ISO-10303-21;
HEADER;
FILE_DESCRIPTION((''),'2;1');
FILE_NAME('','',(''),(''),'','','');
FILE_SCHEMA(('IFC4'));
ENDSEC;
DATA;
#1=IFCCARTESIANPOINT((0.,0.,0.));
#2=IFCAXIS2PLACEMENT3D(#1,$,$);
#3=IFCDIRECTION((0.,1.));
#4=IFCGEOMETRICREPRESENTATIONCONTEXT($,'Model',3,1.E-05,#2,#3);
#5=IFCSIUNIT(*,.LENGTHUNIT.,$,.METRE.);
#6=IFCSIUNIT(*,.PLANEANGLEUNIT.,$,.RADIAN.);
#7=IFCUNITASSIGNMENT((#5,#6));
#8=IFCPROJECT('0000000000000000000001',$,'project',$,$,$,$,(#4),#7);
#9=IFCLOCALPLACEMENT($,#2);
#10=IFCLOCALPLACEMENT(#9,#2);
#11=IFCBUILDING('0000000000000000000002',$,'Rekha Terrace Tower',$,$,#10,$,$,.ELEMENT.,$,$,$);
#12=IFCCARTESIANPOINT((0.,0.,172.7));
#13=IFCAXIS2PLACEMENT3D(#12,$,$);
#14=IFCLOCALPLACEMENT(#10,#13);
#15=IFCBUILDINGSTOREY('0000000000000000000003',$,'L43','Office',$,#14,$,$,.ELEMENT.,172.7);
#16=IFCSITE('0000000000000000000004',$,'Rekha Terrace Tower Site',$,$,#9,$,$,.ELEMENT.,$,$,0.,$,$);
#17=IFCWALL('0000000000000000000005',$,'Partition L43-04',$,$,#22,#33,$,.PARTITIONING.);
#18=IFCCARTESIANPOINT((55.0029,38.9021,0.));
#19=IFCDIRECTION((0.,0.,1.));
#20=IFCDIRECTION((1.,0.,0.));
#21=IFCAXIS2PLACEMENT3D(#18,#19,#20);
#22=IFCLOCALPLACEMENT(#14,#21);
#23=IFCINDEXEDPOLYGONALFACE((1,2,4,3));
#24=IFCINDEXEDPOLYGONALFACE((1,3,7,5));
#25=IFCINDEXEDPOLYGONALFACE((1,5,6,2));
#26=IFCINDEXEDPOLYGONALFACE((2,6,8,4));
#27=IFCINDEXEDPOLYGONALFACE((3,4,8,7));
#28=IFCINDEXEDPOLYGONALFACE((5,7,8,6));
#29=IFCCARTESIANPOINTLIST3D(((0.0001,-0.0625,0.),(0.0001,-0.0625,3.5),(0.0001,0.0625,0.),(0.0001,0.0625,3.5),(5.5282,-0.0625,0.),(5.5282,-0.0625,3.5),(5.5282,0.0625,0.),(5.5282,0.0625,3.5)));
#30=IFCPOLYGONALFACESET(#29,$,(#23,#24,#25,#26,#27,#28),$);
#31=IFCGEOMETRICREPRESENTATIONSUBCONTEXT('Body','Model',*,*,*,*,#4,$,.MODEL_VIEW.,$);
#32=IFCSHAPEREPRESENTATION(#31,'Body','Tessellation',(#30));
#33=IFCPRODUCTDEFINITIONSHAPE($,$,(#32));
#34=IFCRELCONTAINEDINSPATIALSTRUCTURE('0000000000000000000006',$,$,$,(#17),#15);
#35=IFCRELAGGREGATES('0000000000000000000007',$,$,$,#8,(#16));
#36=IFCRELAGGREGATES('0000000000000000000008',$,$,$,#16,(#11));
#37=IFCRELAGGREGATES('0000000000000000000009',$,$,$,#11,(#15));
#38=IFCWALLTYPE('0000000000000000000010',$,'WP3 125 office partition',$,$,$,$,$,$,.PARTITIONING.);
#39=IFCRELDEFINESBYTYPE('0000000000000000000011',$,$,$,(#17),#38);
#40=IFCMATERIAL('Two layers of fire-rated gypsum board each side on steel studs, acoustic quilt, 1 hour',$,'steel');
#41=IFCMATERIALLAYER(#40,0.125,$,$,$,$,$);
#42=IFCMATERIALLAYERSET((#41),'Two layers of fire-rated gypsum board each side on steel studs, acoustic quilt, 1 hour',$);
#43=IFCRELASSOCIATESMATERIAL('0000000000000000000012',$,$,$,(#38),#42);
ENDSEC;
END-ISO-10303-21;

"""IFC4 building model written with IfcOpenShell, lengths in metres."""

from ifc_helpers import new_model, si_unit, direction, frame, frame_2d, origin, place, context, subcontext, project, spatial, rectangle, extrude, material, layer, layer_set, type_object, element, save


model = new_model("IFC4")

# Units and contexts
model_context = context("Model", 3, precision=1e-05, world=origin(), true_north=direction((0.0, 1.0)))
body_context = subcontext(model_context, "Body", "Model", "MODEL_VIEW")
ifc_project = project(units=[si_unit("LENGTHUNIT", "METRE"), si_unit("PLANEANGLEUNIT", "RADIAN")], contexts=[model_context])

# Site, building, storey
site_placement = place(None, origin())
site = spatial("IfcSite", under=ifc_project, at=site_placement, Name="Rekha Terrace Tower Site", CompositionType="ELEMENT", RefElevation=0.0)
building_placement = place(site_placement, origin())
building = spatial("IfcBuilding", under=site, at=building_placement, Name="Rekha Terrace Tower", CompositionType="ELEMENT")
storey_placement = place(building_placement, frame((0.0, 0.0, 172.7)))
storey = spatial("IfcBuildingStorey", under=building, at=storey_placement, Name="L43", Description="Office", CompositionType="ELEMENT", Elevation=172.7)

# Wall
ifc_material_1 = material(Name="Two layers of fire-rated gypsum board each side on steel studs, acoustic quilt, 1 hour", Category="steel")
ifc_layer_1 = layer(ifc_material_1, 0.125)
ifc_layer_set_1 = layer_set([ifc_layer_1], Name="Two layers of fire-rated gypsum board each side on steel studs, acoustic quilt, 1 hour")
wall_type_1 = type_object("IfcWallType", Name="WP3 125 office partition", PredefinedType="PARTITIONING", material=ifc_layer_set_1)
wall_1_placement = place(storey_placement, frame((55.0029, 38.9021, 0.0), z_axis=(0.0, 0.0, 1.0), x_axis=(1.0, 0.0, 0.0)))
element("IfcWall", 1, at=wall_1_placement, inside=storey, type_object=wall_type_1, Name="Partition L43-04", PredefinedType="PARTITIONING", context=body_context, shape_type="SweptSolid", body=[
    extrude(rectangle(XDim=5.5281, YDim=0.125, at=frame_2d((2.7642, 0.0))), origin(), (0.0, 0.0, 1.0), 3.5),
])

save(model, "model.ifc")
